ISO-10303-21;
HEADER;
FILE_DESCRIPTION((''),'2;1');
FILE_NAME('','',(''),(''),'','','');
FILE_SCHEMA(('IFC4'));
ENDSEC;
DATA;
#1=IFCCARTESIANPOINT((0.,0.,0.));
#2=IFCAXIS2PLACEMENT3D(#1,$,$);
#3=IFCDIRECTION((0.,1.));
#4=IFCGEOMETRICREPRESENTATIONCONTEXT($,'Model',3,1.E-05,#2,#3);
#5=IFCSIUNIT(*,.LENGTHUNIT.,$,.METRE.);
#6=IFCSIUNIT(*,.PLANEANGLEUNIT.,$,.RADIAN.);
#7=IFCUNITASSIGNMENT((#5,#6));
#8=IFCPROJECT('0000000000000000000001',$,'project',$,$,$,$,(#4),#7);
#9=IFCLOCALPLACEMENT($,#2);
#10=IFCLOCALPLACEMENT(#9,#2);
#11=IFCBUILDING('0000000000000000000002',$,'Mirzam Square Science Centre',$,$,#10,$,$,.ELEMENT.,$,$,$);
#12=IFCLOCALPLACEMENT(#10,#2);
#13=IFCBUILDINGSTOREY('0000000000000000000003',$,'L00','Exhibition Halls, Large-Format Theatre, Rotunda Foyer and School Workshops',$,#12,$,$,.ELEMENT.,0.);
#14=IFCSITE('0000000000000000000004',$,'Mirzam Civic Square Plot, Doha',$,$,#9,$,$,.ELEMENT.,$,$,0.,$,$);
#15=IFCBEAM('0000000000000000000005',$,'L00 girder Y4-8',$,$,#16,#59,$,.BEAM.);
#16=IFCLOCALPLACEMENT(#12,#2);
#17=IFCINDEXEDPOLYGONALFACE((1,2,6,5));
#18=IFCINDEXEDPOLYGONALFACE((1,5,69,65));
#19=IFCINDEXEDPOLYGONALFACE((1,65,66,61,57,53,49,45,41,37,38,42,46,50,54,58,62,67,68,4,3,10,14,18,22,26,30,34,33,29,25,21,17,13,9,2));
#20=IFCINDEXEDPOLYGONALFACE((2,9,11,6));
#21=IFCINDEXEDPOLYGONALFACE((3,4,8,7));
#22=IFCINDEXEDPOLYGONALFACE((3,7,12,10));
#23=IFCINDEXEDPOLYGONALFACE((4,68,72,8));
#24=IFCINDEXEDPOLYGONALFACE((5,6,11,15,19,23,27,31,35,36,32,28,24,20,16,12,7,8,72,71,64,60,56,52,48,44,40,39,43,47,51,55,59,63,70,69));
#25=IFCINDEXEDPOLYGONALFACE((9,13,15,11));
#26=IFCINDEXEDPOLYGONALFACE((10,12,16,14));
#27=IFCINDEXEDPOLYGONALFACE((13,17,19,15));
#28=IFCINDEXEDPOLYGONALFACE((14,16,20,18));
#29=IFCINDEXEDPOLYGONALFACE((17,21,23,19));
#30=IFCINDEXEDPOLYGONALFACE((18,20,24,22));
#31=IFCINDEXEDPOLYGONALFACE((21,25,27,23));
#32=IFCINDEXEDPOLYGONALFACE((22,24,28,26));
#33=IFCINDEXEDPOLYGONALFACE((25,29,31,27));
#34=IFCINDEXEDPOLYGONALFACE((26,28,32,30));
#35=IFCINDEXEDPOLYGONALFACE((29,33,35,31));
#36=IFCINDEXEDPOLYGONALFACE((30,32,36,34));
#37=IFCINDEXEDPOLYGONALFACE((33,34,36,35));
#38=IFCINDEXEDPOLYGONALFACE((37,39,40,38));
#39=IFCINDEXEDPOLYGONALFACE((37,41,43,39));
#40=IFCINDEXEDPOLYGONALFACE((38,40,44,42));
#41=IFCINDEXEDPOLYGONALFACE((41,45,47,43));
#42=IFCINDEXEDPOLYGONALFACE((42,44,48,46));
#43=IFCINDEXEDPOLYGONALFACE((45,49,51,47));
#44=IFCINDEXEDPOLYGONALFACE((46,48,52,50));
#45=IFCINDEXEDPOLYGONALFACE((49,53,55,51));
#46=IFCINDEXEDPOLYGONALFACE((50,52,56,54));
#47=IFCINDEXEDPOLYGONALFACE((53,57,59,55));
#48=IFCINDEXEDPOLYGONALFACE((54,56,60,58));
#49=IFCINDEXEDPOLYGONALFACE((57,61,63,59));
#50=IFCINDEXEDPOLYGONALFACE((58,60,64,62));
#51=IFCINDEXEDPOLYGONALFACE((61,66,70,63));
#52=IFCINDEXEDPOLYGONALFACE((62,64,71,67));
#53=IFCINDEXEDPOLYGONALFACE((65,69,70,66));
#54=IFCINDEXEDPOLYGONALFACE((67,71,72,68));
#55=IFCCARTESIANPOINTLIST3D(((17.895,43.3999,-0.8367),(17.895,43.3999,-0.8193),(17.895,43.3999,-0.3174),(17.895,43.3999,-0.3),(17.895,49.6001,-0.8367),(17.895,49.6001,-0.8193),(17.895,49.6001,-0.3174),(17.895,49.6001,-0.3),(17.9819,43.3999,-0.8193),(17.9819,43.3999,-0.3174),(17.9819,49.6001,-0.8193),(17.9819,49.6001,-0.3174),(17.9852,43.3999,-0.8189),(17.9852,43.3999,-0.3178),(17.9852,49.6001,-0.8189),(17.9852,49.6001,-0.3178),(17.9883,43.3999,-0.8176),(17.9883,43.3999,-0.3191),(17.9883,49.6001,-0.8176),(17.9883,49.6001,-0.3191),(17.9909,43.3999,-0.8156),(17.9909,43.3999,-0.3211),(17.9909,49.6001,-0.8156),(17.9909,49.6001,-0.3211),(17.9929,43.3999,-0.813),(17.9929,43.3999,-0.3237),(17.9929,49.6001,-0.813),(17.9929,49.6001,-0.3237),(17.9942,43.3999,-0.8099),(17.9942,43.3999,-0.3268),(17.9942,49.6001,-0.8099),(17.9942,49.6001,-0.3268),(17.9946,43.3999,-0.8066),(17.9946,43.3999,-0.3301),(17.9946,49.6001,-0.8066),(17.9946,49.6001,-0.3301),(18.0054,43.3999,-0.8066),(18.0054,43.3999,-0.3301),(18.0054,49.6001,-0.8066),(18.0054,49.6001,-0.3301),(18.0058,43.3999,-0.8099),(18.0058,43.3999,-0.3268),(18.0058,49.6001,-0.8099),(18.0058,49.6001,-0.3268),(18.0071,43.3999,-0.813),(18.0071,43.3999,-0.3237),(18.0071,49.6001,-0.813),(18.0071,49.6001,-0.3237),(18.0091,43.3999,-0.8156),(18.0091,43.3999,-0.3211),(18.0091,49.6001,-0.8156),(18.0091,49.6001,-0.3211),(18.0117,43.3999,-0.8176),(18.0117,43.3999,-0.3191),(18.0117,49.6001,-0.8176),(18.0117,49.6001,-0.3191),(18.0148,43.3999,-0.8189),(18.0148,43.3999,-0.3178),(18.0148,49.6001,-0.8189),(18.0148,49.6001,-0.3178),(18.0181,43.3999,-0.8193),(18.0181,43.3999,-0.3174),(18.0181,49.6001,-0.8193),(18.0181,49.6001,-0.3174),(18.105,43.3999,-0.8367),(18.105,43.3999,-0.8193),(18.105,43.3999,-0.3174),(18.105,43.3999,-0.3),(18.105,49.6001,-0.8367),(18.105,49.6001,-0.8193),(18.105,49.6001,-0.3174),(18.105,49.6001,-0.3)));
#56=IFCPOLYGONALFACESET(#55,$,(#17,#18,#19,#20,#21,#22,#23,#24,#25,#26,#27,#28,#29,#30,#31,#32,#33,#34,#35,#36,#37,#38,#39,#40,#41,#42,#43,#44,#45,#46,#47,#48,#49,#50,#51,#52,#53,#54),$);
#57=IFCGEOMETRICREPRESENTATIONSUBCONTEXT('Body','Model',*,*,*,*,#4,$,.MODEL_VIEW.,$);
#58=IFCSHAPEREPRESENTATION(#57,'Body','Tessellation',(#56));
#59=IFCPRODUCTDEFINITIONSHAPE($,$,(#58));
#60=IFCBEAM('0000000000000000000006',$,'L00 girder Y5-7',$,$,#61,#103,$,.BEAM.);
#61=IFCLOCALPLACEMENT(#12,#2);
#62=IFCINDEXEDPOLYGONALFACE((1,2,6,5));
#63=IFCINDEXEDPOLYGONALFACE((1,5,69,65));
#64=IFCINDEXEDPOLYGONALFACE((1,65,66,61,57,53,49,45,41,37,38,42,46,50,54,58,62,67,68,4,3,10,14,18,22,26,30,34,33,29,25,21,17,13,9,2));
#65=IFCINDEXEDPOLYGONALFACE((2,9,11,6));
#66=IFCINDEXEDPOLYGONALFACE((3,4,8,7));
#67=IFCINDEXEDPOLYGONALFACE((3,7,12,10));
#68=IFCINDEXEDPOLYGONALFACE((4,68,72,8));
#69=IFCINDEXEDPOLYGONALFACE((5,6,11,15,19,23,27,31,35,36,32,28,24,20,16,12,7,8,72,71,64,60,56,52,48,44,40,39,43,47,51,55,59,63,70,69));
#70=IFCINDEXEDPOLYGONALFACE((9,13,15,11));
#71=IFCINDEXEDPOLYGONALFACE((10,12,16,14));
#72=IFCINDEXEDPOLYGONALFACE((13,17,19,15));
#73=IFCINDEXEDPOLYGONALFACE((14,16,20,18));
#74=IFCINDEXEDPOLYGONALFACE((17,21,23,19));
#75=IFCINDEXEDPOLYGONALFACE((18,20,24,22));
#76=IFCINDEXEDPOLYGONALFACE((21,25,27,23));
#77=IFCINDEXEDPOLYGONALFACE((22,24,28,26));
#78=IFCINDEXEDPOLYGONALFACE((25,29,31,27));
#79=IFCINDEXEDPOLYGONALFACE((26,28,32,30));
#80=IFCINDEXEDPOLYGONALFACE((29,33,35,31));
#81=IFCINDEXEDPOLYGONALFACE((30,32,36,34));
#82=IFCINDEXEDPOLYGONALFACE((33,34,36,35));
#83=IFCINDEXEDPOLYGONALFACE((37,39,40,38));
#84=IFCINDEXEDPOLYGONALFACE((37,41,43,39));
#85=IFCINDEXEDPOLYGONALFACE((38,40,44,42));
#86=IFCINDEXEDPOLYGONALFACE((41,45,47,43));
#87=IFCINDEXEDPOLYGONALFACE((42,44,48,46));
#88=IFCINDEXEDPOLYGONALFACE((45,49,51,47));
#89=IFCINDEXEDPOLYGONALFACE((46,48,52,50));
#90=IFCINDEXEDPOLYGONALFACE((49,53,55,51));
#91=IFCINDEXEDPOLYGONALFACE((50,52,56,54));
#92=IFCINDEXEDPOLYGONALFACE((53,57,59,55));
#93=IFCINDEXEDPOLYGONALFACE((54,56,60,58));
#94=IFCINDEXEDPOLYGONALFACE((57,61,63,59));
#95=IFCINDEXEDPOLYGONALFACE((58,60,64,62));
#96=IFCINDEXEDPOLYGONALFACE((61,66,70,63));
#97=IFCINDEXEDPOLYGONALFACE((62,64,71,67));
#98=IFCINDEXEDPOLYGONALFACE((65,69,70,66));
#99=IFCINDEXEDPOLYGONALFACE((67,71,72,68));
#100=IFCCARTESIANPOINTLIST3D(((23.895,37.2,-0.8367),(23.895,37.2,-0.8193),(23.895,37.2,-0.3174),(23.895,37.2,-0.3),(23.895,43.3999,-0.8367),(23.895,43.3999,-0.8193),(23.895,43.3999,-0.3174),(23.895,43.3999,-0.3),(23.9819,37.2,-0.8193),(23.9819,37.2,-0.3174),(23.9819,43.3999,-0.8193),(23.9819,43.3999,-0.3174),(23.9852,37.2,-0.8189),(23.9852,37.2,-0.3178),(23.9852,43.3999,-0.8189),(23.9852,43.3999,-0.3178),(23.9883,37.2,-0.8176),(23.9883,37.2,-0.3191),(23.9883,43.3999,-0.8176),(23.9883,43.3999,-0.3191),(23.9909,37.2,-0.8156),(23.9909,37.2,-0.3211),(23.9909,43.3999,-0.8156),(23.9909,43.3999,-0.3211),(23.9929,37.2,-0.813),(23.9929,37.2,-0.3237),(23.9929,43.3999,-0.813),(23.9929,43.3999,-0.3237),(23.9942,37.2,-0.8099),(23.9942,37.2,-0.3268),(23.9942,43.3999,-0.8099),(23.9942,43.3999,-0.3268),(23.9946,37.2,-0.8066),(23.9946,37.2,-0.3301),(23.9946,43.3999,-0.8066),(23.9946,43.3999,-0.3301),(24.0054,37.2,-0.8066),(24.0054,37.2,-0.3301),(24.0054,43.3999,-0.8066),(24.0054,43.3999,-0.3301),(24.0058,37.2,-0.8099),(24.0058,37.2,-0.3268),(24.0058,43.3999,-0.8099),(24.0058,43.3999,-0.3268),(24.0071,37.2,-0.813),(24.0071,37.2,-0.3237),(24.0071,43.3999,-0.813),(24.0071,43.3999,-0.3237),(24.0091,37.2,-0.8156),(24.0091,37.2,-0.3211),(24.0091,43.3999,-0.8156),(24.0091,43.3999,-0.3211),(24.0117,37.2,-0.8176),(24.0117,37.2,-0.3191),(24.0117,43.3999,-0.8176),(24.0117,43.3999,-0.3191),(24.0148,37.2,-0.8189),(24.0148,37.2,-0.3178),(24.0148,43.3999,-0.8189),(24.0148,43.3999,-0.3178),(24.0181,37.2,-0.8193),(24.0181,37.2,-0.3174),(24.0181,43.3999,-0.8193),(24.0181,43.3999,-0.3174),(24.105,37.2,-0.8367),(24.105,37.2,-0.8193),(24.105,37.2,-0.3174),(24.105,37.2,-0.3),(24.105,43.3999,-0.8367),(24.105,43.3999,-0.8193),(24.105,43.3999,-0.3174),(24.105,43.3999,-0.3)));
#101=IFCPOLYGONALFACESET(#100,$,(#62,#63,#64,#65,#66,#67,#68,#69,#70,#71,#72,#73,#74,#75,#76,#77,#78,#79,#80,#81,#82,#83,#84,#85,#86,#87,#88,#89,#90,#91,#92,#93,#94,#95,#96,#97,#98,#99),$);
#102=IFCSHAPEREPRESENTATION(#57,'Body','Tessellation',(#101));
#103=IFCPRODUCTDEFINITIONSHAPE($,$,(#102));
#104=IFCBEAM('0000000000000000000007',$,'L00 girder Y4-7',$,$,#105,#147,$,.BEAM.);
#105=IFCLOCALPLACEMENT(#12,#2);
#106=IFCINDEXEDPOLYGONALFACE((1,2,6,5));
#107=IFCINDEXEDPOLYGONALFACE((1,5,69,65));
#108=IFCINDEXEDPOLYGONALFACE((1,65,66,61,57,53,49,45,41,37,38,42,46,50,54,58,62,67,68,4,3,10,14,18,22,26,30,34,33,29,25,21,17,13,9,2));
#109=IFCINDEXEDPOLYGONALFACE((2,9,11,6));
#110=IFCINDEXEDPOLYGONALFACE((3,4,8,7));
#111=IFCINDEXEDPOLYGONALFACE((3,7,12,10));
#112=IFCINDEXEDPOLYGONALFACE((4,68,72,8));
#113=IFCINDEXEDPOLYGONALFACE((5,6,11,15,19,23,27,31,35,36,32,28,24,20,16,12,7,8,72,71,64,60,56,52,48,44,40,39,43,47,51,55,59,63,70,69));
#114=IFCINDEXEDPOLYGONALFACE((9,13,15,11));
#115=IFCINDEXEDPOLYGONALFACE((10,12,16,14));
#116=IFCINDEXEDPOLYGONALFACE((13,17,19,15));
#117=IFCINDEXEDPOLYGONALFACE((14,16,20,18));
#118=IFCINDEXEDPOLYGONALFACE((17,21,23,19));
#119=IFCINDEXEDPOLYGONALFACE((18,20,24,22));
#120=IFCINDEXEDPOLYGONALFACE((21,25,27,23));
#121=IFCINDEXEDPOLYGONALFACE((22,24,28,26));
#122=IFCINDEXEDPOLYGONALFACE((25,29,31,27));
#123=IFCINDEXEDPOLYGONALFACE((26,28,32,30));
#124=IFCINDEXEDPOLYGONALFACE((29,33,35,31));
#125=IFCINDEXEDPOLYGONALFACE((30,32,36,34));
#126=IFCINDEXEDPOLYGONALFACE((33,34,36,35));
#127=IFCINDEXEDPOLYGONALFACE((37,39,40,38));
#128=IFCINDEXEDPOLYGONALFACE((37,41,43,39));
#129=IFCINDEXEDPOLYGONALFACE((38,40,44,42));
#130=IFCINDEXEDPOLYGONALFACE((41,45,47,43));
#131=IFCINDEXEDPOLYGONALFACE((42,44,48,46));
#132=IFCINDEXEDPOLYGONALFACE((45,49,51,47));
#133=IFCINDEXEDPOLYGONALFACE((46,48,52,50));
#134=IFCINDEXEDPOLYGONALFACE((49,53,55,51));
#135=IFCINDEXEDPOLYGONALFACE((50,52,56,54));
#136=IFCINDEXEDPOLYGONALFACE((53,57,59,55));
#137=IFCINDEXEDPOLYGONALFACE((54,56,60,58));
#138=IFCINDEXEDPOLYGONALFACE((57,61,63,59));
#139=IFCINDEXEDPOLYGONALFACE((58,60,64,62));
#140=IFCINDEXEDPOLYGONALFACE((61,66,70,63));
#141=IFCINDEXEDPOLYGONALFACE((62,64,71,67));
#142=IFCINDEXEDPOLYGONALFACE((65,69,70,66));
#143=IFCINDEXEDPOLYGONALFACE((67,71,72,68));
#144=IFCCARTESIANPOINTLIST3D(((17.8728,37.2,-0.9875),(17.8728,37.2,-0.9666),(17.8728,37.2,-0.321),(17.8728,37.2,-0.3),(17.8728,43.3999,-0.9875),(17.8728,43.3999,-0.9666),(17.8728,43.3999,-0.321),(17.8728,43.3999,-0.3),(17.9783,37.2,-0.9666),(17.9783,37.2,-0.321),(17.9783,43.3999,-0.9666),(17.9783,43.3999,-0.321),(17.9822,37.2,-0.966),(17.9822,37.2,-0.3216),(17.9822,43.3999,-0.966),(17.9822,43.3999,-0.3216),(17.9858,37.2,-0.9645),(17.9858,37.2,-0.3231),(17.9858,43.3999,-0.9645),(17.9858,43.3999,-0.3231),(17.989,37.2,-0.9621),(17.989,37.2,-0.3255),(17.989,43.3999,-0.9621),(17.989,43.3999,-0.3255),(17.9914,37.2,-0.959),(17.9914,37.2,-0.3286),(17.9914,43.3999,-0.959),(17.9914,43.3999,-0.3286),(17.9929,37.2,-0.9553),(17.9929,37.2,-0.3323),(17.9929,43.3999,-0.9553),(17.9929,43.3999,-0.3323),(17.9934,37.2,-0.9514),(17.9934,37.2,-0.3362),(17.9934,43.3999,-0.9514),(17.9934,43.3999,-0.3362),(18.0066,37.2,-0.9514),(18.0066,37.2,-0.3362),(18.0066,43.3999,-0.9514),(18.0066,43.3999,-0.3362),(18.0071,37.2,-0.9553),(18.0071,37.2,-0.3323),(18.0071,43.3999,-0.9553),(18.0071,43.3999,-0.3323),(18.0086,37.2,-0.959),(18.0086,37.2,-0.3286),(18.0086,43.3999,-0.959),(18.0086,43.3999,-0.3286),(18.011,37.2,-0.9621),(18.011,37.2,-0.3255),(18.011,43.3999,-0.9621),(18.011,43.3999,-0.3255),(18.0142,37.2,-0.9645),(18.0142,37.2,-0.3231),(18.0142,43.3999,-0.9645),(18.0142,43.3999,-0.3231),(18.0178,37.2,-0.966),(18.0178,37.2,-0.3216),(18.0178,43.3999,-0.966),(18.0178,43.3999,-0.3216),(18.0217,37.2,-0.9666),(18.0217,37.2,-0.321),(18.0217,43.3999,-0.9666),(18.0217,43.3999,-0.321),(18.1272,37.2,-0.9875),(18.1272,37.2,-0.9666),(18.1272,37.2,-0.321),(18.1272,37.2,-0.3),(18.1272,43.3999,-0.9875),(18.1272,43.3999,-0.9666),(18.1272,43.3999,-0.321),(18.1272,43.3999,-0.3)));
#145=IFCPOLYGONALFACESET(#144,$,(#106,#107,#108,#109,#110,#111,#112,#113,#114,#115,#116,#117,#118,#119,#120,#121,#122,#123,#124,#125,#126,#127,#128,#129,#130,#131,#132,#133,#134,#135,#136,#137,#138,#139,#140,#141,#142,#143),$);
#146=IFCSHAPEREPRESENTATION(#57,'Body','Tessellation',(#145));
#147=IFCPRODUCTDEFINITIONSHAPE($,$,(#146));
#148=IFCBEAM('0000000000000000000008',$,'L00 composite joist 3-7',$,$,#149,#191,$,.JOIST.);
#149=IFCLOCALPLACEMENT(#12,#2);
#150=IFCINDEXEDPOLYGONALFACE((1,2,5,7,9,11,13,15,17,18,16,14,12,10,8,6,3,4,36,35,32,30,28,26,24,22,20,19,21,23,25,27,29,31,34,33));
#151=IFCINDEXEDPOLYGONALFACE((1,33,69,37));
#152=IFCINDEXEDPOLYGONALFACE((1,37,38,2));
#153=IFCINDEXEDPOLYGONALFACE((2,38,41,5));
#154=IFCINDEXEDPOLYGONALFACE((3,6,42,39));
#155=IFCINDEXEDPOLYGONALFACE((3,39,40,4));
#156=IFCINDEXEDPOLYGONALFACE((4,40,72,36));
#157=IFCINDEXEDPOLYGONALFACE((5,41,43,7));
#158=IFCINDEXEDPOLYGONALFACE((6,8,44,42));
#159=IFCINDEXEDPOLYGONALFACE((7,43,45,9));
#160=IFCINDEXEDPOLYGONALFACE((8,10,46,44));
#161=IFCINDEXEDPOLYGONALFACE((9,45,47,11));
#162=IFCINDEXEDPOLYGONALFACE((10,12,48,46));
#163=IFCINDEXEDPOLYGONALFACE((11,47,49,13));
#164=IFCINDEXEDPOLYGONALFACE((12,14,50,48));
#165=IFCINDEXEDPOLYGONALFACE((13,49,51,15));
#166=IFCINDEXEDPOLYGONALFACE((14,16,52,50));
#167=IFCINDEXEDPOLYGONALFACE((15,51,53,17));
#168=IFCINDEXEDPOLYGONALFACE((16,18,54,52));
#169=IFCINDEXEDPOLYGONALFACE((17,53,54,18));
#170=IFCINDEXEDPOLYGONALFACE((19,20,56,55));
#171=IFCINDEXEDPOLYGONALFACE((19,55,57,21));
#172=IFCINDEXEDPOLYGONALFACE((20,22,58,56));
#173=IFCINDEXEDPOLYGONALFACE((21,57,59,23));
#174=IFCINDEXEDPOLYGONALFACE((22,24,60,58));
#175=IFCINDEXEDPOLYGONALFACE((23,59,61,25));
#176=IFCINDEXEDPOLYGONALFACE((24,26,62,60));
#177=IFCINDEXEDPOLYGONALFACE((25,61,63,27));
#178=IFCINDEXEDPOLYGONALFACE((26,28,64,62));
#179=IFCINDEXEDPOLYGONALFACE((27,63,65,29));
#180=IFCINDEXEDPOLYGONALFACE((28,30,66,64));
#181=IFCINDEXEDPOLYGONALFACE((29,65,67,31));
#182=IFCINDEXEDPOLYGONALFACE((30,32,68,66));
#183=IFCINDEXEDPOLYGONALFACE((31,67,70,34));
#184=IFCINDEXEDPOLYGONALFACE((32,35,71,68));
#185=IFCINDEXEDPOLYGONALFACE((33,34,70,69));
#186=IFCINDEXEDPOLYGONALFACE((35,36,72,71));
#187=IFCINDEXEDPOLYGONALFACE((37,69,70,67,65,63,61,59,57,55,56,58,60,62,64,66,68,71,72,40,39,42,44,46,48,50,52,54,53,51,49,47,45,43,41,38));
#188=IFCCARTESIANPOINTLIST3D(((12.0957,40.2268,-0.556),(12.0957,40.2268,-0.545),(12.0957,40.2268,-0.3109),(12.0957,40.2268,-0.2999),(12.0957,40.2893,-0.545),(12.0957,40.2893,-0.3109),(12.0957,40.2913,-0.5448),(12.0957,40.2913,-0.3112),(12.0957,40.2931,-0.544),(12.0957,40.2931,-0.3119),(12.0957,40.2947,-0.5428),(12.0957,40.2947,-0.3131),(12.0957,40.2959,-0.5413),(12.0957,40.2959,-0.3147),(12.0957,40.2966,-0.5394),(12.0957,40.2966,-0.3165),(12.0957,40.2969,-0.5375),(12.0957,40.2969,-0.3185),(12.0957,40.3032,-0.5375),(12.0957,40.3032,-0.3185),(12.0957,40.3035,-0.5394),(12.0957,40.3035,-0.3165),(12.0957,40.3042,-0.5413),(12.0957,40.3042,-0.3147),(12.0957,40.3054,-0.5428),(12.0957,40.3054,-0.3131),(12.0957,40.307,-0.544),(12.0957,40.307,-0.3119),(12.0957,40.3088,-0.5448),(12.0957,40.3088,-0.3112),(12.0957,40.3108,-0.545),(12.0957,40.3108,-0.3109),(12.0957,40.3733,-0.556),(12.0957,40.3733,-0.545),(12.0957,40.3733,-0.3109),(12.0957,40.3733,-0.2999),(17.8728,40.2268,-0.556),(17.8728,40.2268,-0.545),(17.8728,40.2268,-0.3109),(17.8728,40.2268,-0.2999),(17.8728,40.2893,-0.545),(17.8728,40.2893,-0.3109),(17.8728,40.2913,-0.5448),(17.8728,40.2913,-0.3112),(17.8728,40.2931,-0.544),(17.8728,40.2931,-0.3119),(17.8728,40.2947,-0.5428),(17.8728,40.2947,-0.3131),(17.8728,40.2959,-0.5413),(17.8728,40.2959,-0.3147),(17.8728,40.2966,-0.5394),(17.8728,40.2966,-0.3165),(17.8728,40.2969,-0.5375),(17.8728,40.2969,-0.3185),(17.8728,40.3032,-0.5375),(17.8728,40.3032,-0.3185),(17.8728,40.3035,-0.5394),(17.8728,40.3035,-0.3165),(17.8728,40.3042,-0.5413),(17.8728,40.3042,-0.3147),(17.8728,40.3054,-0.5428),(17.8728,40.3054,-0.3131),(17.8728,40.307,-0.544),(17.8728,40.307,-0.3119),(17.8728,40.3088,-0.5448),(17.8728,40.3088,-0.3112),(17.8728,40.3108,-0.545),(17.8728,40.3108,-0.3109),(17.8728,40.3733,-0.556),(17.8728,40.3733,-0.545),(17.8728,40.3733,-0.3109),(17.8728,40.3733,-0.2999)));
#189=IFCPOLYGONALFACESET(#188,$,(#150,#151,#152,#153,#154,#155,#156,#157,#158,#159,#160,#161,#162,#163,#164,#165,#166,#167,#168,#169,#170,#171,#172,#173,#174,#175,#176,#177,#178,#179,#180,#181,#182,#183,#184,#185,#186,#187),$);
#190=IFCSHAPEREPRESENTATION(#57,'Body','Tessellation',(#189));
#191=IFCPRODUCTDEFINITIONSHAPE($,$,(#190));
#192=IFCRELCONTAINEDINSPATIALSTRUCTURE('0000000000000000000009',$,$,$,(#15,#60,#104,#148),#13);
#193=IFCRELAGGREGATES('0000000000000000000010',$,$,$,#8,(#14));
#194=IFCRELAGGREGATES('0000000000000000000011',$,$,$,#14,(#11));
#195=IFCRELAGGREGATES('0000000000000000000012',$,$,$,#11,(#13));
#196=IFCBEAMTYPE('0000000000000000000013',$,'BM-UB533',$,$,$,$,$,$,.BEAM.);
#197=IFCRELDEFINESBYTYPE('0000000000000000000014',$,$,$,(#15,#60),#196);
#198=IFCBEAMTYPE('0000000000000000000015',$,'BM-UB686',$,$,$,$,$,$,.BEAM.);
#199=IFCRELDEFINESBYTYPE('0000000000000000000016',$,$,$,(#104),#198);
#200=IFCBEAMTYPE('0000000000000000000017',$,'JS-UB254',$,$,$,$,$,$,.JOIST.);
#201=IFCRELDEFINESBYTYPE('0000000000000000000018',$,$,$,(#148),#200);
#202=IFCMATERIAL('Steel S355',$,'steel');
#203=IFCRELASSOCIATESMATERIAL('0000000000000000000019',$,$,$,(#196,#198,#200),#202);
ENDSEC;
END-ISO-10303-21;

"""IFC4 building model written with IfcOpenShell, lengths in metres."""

from ifc_helpers import new_model, si_unit, direction, frame, origin, origin_2d, place, context, subcontext, project, spatial, i_section, extrude, material, material_profile, profile_set, type_object, element, save


model = new_model("IFC4")

# Units and contexts
model_context = context("Model", 3, precision=1e-05, world=origin(), true_north=direction((0.0, 1.0)))
body_context = subcontext(model_context, "Body", "Model", "MODEL_VIEW")
ifc_project = project(units=[si_unit("LENGTHUNIT", "METRE"), si_unit("PLANEANGLEUNIT", "RADIAN")], contexts=[model_context])

# Site, building, storey
site_placement = place(None, origin())
site = spatial("IfcSite", under=ifc_project, at=site_placement, Name="Mirzam Civic Square Plot, Doha", CompositionType="ELEMENT", RefElevation=0.0)
building_placement = place(site_placement, origin())
building = spatial("IfcBuilding", under=site, at=building_placement, Name="Mirzam Square Science Centre", CompositionType="ELEMENT")
storey_placement = place(building_placement, origin())
storey = spatial("IfcBuildingStorey", under=building, at=storey_placement, Name="L00", Description="Exhibition Halls, Large-Format Theatre, Rotunda Foyer and School Workshops", CompositionType="ELEMENT", Elevation=0.0)

# Shared definitions
ifc_material_1 = material(Name="Steel S355", Category="steel")

# Beams
ifc_material_profile_1 = material_profile(ifc_material_1, i_section(OverallWidth=0.21, OverallDepth=0.5366, WebThickness=0.0107, FlangeThickness=0.0173, FilletRadius=0.0127, at=origin_2d()), Name="533x210x101UB")
ifc_profile_set_1 = profile_set([ifc_material_profile_1], Name="Steel S355")
beam_type_1 = type_object("IfcBeamType", Name="BM-UB533", PredefinedType="BEAM", material=ifc_profile_set_1)
beam_1_placement = place(storey_placement, frame((18.0, 43.3999, -0.5684), z_axis=(0.0, 1.0, 0.0), x_axis=(-1.0, 0.0, 0.0)))
element("IfcBeam", 1, at=beam_1_placement, inside=storey, type_object=beam_type_1, Name="L00 girder Y4-8", PredefinedType="BEAM", context=body_context, shape_type="SweptSolid", body=[
    extrude(i_section(OverallWidth=0.21, OverallDepth=0.5366, WebThickness=0.0107, FlangeThickness=0.0173, FilletRadius=0.0127, at=origin_2d()), origin(), (0.0, 0.0, 1.0), 6.2002),
])
beam_2_placement = place(storey_placement, frame((24.0, 37.2, -0.5684), z_axis=(0.0, 1.0, 0.0), x_axis=(-1.0, 0.0, 0.0)))
element("IfcBeam", 2, at=beam_2_placement, inside=storey, type_object=beam_type_1, Name="L00 girder Y5-7", PredefinedType="BEAM", context=body_context, shape_type="SweptSolid", body=[
    extrude(i_section(OverallWidth=0.21, OverallDepth=0.5366, WebThickness=0.0107, FlangeThickness=0.0173, FilletRadius=0.0127, at=origin_2d()), origin(), (0.0, 0.0, 1.0), 6.2),
])
ifc_material_profile_2 = material_profile(ifc_material_1, i_section(OverallWidth=0.2544, OverallDepth=0.6875, WebThickness=0.0132, FlangeThickness=0.021, FilletRadius=0.0151, at=origin_2d()), Name="686x254x152UB")
ifc_profile_set_2 = profile_set([ifc_material_profile_2], Name="Steel S355")
beam_type_2 = type_object("IfcBeamType", Name="BM-UB686", PredefinedType="BEAM", material=ifc_profile_set_2)
beam_3_placement = place(storey_placement, frame((18.0, 37.2, -0.6438), z_axis=(0.0, 1.0, 0.0), x_axis=(-1.0, 0.0, 0.0)))
element("IfcBeam", 3, at=beam_3_placement, inside=storey, type_object=beam_type_2, Name="L00 girder Y4-7", PredefinedType="BEAM", context=body_context, shape_type="SweptSolid", body=[
    extrude(i_section(OverallWidth=0.2544, OverallDepth=0.6875, WebThickness=0.0132, FlangeThickness=0.021, FilletRadius=0.0151, at=origin_2d()), origin(), (0.0, 0.0, 1.0), 6.2),
])
ifc_material_profile_3 = material_profile(ifc_material_1, i_section(OverallWidth=0.1465, OverallDepth=0.2561, WebThickness=0.0063, FlangeThickness=0.011, FilletRadius=0.0076, at=origin_2d()), Name="254x146x37UB")
ifc_profile_set_3 = profile_set([ifc_material_profile_3], Name="Steel S355")
beam_type_3 = type_object("IfcBeamType", Name="JS-UB254", PredefinedType="JOIST", material=ifc_profile_set_3)
beam_4_placement = place(storey_placement, frame((12.0957, 40.3, -0.428), z_axis=(1.0, 0.0, 0.0), x_axis=(0.0, 1.0, 0.0)))
element("IfcBeam", 4, at=beam_4_placement, inside=storey, type_object=beam_type_3, Name="L00 composite joist 3-7", PredefinedType="JOIST", context=body_context, shape_type="SweptSolid", body=[
    extrude(i_section(OverallWidth=0.1465, OverallDepth=0.2561, WebThickness=0.0063, FlangeThickness=0.011, FilletRadius=0.0076, at=origin_2d()), origin(), (0.0, 0.0, 1.0), 5.7771),
])

save(model, "model.ifc")
